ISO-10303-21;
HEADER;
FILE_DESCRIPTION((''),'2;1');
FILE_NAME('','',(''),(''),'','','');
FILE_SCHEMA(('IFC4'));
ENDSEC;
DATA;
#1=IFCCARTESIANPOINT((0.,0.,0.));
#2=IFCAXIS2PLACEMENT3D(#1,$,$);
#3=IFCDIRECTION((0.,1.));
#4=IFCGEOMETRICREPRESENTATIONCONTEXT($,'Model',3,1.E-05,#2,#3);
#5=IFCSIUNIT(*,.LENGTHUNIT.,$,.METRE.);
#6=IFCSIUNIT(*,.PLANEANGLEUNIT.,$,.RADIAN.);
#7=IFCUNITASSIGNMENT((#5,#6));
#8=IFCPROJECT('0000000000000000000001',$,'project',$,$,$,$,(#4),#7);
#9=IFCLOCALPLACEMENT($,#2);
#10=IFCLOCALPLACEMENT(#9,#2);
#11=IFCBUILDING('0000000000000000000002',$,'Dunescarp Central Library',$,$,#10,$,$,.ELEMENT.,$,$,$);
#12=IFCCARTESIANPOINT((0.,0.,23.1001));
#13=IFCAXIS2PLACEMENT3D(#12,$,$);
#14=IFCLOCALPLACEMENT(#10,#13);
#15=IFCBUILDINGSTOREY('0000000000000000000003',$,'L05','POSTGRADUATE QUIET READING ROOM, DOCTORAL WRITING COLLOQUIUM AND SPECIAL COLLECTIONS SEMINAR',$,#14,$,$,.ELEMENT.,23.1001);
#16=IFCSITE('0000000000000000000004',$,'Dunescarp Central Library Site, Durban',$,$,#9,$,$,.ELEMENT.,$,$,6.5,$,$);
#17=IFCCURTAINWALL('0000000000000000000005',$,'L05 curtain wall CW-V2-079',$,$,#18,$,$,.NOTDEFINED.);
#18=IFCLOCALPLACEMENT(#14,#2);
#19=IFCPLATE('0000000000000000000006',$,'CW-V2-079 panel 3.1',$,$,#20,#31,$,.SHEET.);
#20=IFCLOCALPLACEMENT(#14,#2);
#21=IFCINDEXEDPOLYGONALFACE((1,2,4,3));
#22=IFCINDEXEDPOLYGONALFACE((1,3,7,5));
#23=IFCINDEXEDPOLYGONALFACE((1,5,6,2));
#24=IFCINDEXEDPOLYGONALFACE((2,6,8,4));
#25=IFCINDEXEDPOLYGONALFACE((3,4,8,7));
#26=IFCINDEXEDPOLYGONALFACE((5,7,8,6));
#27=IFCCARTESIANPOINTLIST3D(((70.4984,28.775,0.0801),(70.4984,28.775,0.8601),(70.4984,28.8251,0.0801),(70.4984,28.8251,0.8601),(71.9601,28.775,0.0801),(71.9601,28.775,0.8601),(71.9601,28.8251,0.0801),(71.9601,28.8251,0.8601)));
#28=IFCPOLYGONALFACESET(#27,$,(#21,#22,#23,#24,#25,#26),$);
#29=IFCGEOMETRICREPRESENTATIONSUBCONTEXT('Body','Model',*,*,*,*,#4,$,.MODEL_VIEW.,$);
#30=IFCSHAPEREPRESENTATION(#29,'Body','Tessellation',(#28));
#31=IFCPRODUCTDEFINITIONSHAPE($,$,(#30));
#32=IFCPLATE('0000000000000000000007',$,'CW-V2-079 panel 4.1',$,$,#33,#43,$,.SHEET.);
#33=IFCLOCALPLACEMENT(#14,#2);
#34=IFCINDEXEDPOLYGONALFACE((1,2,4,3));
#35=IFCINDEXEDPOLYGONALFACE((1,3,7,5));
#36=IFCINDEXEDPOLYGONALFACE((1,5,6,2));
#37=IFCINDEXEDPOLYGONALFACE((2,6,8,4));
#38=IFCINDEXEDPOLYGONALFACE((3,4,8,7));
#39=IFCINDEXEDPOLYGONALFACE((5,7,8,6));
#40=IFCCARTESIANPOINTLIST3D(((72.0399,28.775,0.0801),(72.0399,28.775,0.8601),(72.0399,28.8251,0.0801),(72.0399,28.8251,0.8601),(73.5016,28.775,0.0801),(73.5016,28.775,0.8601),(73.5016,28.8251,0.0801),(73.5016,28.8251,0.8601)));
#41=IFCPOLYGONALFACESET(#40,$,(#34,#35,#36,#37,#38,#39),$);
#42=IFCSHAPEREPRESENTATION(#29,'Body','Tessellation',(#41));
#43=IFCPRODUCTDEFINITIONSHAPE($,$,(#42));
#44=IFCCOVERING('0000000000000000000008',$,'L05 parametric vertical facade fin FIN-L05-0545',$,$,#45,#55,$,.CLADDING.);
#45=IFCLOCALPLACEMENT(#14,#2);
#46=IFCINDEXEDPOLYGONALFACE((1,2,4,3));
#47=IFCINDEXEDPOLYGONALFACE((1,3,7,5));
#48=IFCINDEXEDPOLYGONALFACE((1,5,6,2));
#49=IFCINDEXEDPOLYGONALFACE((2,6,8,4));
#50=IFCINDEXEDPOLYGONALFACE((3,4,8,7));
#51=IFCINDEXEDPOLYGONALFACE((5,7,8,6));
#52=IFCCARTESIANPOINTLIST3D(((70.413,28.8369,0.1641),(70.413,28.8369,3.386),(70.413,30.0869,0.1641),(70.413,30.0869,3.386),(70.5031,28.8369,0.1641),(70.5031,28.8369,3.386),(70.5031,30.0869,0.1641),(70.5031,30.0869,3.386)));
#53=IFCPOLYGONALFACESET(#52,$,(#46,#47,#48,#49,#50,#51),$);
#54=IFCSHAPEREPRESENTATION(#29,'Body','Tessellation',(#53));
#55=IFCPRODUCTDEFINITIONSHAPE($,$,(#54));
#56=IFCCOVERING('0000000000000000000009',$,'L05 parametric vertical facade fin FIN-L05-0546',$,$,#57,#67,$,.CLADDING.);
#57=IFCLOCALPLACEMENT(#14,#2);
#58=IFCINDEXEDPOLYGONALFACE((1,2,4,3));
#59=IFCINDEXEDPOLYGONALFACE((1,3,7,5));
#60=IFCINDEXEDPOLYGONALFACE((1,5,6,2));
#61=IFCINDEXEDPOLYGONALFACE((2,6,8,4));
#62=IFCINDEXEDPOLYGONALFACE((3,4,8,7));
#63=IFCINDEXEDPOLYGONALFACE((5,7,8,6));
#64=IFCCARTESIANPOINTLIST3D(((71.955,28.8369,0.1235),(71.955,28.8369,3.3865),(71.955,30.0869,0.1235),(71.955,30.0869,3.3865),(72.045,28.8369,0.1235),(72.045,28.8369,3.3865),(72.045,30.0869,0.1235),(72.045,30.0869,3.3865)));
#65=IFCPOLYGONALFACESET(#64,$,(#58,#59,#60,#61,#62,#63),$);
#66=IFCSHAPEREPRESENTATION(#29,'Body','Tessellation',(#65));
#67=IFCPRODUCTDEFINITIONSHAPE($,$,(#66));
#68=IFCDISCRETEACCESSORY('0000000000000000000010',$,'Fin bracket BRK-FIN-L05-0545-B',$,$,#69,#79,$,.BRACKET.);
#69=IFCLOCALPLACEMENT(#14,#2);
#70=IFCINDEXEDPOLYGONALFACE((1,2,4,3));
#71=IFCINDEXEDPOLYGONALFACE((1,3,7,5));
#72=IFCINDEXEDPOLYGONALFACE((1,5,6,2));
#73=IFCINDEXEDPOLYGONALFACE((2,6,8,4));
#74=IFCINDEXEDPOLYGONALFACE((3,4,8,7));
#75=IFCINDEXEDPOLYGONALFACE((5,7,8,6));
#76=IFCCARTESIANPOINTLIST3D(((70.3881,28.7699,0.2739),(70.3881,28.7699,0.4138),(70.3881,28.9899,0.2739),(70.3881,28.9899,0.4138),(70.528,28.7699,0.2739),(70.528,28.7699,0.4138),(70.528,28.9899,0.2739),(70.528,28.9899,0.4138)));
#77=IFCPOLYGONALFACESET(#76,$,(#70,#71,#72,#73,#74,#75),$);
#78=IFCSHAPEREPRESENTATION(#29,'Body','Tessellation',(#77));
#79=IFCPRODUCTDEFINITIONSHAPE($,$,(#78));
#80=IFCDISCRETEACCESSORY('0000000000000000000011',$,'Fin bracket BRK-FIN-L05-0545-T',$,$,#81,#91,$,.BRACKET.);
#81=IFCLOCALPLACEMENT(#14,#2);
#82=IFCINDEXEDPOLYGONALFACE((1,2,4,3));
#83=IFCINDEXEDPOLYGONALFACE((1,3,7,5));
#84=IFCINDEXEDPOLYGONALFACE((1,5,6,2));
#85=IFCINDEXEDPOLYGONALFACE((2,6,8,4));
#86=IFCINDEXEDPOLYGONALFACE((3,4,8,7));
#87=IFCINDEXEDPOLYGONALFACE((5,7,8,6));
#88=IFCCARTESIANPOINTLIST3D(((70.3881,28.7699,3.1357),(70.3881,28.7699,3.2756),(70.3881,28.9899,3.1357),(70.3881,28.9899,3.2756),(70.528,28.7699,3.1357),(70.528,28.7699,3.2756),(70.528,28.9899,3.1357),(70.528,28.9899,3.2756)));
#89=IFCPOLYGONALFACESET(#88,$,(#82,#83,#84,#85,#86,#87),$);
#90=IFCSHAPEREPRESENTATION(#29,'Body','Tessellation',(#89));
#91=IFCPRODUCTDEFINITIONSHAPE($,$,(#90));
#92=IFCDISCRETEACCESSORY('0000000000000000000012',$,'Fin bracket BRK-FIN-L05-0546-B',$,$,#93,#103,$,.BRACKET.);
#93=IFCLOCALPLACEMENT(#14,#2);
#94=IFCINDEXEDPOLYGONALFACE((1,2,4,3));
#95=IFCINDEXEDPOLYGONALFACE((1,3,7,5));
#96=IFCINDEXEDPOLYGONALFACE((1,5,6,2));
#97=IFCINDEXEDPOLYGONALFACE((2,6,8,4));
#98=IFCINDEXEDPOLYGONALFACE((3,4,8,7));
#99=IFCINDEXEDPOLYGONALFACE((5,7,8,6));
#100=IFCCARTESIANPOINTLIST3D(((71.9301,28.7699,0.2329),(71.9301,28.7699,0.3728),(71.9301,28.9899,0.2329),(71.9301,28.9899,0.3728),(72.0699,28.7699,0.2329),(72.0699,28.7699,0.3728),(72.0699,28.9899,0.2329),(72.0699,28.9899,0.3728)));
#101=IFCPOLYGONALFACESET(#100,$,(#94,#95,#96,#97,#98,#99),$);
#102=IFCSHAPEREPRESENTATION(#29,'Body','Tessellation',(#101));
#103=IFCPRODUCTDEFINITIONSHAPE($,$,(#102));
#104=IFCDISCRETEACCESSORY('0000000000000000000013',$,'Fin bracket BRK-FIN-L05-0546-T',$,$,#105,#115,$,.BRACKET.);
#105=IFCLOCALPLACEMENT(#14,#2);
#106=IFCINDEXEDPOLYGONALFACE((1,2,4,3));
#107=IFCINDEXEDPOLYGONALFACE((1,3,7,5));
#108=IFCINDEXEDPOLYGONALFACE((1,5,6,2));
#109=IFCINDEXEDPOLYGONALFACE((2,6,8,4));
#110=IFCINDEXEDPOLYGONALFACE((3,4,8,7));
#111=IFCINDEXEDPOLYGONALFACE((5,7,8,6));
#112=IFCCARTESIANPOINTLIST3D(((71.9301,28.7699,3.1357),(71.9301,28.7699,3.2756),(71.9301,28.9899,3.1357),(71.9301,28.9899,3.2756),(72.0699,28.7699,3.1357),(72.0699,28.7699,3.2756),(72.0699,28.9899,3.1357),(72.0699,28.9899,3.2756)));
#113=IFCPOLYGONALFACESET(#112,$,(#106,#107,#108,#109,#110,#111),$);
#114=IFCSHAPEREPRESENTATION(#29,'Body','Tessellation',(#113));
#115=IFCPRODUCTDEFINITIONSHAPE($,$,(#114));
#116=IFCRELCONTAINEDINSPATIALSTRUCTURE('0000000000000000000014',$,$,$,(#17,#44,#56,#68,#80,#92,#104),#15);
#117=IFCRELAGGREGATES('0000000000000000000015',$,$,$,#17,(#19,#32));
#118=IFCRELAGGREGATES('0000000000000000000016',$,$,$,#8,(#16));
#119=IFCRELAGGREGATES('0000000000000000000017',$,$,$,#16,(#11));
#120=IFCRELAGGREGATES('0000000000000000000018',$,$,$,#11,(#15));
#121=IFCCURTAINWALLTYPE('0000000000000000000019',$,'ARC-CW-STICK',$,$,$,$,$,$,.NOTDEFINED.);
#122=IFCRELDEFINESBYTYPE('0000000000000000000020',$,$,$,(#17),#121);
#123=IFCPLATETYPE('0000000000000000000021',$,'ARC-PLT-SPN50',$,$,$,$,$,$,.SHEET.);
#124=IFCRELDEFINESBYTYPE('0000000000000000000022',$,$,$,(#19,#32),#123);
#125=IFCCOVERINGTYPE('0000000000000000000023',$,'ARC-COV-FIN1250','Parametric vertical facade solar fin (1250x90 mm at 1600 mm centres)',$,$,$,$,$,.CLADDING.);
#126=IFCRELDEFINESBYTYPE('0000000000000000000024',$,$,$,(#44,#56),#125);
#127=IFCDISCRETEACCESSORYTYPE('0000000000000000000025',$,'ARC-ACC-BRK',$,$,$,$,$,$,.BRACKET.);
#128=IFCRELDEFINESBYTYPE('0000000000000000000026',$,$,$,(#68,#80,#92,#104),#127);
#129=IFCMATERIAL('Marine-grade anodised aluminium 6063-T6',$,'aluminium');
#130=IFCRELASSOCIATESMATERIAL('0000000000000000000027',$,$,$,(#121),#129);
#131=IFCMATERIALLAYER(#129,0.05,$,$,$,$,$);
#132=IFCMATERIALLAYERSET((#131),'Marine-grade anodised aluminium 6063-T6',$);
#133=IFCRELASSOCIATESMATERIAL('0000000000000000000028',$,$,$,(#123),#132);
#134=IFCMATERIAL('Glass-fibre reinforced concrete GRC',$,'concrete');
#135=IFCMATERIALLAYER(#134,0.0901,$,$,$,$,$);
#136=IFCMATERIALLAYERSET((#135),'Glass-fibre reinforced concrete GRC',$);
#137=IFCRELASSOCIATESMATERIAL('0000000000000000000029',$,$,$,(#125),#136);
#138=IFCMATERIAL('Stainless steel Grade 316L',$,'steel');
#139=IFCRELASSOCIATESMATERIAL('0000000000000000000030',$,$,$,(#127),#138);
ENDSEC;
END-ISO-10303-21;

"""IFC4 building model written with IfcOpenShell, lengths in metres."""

from ifc_helpers import new_model, si_unit, direction, frame, origin, origin_2d, place, context, subcontext, project, spatial, rectangle, extrude, material, layer, layer_set, type_object, element, aggregate, save


model = new_model("IFC4")

# Units and contexts
model_context = context("Model", 3, precision=1e-05, world=origin(), true_north=direction((0.0, 1.0)))
body_context = subcontext(model_context, "Body", "Model", "MODEL_VIEW")
ifc_project = project(units=[si_unit("LENGTHUNIT", "METRE"), si_unit("PLANEANGLEUNIT", "RADIAN")], contexts=[model_context])

# Site, building, storey
site_placement = place(None, origin())
site = spatial("IfcSite", under=ifc_project, at=site_placement, Name="Dunescarp Central Library Site, Durban", CompositionType="ELEMENT", RefElevation=6.5)
building_placement = place(site_placement, origin())
building = spatial("IfcBuilding", under=site, at=building_placement, Name="Dunescarp Central Library", CompositionType="ELEMENT")
storey_placement = place(building_placement, frame((0.0, 0.0, 23.1001)))
storey = spatial("IfcBuildingStorey", under=building, at=storey_placement, Name="L05", Description="POSTGRADUATE QUIET READING ROOM, DOCTORAL WRITING COLLOQUIUM AND SPECIAL COLLECTIONS SEMINAR", CompositionType="ELEMENT", Elevation=23.1001)

# Curtain wall, plates
ifc_material_1 = material(Name="Marine-grade anodised aluminium 6063-T6", Category="aluminium")
curtain_wall_type = type_object("IfcCurtainWallType", Name="ARC-CW-STICK", PredefinedType="NOTDEFINED", material=ifc_material_1)
curtain_wall_placement = place(storey_placement, origin())
curtain_wall = element("IfcCurtainWall", 1, at=curtain_wall_placement, inside=storey, type_object=curtain_wall_type, Name="L05 curtain wall CW-V2-079", PredefinedType="NOTDEFINED")
ifc_layer_1 = layer(ifc_material_1, 0.05)
ifc_layer_set_1 = layer_set([ifc_layer_1], Name="Marine-grade anodised aluminium 6063-T6")
plate_type_1 = type_object("IfcPlateType", Name="ARC-PLT-SPN50", PredefinedType="SHEET", material=ifc_layer_set_1)
plate_1_placement = place(storey_placement, frame((71.2292, 28.8, 0.0801), z_axis=(0.0, 0.0, 1.0), x_axis=(1.0, 0.0, 0.0)))
plate_1 = element("IfcPlate", 2, at=plate_1_placement, type_object=plate_type_1, Name="CW-V2-079 panel 3.1", PredefinedType="SHEET", context=body_context, shape_type="SweptSolid", body=[
    extrude(rectangle(XDim=1.4617, YDim=0.05, at=origin_2d()), origin(), (0.0, 0.0, 1.0), 0.78),
])
plate_2_placement = place(storey_placement, frame((72.7708, 28.8, 0.0801), z_axis=(0.0, 0.0, 1.0), x_axis=(1.0, 0.0, 0.0)))
plate_2 = element("IfcPlate", 3, at=plate_2_placement, type_object=plate_type_1, Name="CW-V2-079 panel 4.1", PredefinedType="SHEET", context=body_context, shape_type="SweptSolid", body=[
    extrude(rectangle(XDim=1.4617, YDim=0.05, at=origin_2d()), origin(), (0.0, 0.0, 1.0), 0.78),
])
aggregate(curtain_wall, [plate_1, plate_2])

# Coverings
ifc_material_2 = material(Name="Glass-fibre reinforced concrete GRC", Category="concrete")
ifc_layer_2 = layer(ifc_material_2, 0.0901)
ifc_layer_set_2 = layer_set([ifc_layer_2], Name="Glass-fibre reinforced concrete GRC")
covering_type = type_object("IfcCoveringType", Name="ARC-COV-FIN1250", Description="Parametric vertical facade solar fin (1250x90 mm at 1600 mm centres)", PredefinedType="CLADDING", material=ifc_layer_set_2)
covering_1_placement = place(storey_placement, frame((70.458, 29.4619, 0.1641), z_axis=(0.0, 0.0, 1.0), x_axis=(0.0, 1.0, 0.0)))
element("IfcCovering", 4, at=covering_1_placement, inside=storey, type_object=covering_type, Name="L05 parametric vertical facade fin FIN-L05-0545", PredefinedType="CLADDING", context=body_context, shape_type="SweptSolid", body=[
    extrude(rectangle(XDim=1.25, YDim=0.0901, at=origin_2d()), origin(), (0.0, 0.0, 1.0), 3.2219),
])
covering_2_placement = place(storey_placement, frame((72.0, 29.4619, 0.1235), z_axis=(0.0, 0.0, 1.0), x_axis=(0.0, 1.0, 0.0)))
element("IfcCovering", 5, at=covering_2_placement, inside=storey, type_object=covering_type, Name="L05 parametric vertical facade fin FIN-L05-0546", PredefinedType="CLADDING", context=body_context, shape_type="SweptSolid", body=[
    extrude(rectangle(XDim=1.25, YDim=0.0901, at=origin_2d()), origin(), (0.0, 0.0, 1.0), 3.2629),
])

# Discrete accessories
ifc_material_3 = material(Name="Stainless steel Grade 316L", Category="steel")
discrete_accessory_type = type_object("IfcDiscreteAccessoryType", Name="ARC-ACC-BRK", PredefinedType="BRACKET", material=ifc_material_3)
for number, where, z_axis, x_axis, name in (
    (6, (70.458, 28.8799, 0.2739), (0.0, 0.0, 1.0), (0.0, 1.0, 0.0), "Fin bracket BRK-FIN-L05-0545-B"),
    (7, (70.458, 28.8799, 3.1357), (0.0, 0.0, 1.0), (0.0, 1.0, 0.0), "Fin bracket BRK-FIN-L05-0545-T"),
    (8, (72.0, 28.8799, 0.2329), (0.0, 0.0, 1.0), (0.0, 1.0, 0.0), "Fin bracket BRK-FIN-L05-0546-B"),
    (9, (72.0, 28.8799, 3.1357), (0.0, 0.0, 1.0), (0.0, 1.0, 0.0), "Fin bracket BRK-FIN-L05-0546-T"),
):
    element("IfcDiscreteAccessory", number, at=place(storey_placement, frame(where, z_axis=z_axis, x_axis=x_axis)), inside=storey, type_object=discrete_accessory_type, Name=name, PredefinedType="BRACKET", context=body_context, shape_type="SweptSolid", body=[
        extrude(rectangle(XDim=0.22, YDim=0.1399, at=origin_2d()), origin(), (0.0, 0.0, 1.0), 0.1399),
    ])

save(model, "model.ifc")
